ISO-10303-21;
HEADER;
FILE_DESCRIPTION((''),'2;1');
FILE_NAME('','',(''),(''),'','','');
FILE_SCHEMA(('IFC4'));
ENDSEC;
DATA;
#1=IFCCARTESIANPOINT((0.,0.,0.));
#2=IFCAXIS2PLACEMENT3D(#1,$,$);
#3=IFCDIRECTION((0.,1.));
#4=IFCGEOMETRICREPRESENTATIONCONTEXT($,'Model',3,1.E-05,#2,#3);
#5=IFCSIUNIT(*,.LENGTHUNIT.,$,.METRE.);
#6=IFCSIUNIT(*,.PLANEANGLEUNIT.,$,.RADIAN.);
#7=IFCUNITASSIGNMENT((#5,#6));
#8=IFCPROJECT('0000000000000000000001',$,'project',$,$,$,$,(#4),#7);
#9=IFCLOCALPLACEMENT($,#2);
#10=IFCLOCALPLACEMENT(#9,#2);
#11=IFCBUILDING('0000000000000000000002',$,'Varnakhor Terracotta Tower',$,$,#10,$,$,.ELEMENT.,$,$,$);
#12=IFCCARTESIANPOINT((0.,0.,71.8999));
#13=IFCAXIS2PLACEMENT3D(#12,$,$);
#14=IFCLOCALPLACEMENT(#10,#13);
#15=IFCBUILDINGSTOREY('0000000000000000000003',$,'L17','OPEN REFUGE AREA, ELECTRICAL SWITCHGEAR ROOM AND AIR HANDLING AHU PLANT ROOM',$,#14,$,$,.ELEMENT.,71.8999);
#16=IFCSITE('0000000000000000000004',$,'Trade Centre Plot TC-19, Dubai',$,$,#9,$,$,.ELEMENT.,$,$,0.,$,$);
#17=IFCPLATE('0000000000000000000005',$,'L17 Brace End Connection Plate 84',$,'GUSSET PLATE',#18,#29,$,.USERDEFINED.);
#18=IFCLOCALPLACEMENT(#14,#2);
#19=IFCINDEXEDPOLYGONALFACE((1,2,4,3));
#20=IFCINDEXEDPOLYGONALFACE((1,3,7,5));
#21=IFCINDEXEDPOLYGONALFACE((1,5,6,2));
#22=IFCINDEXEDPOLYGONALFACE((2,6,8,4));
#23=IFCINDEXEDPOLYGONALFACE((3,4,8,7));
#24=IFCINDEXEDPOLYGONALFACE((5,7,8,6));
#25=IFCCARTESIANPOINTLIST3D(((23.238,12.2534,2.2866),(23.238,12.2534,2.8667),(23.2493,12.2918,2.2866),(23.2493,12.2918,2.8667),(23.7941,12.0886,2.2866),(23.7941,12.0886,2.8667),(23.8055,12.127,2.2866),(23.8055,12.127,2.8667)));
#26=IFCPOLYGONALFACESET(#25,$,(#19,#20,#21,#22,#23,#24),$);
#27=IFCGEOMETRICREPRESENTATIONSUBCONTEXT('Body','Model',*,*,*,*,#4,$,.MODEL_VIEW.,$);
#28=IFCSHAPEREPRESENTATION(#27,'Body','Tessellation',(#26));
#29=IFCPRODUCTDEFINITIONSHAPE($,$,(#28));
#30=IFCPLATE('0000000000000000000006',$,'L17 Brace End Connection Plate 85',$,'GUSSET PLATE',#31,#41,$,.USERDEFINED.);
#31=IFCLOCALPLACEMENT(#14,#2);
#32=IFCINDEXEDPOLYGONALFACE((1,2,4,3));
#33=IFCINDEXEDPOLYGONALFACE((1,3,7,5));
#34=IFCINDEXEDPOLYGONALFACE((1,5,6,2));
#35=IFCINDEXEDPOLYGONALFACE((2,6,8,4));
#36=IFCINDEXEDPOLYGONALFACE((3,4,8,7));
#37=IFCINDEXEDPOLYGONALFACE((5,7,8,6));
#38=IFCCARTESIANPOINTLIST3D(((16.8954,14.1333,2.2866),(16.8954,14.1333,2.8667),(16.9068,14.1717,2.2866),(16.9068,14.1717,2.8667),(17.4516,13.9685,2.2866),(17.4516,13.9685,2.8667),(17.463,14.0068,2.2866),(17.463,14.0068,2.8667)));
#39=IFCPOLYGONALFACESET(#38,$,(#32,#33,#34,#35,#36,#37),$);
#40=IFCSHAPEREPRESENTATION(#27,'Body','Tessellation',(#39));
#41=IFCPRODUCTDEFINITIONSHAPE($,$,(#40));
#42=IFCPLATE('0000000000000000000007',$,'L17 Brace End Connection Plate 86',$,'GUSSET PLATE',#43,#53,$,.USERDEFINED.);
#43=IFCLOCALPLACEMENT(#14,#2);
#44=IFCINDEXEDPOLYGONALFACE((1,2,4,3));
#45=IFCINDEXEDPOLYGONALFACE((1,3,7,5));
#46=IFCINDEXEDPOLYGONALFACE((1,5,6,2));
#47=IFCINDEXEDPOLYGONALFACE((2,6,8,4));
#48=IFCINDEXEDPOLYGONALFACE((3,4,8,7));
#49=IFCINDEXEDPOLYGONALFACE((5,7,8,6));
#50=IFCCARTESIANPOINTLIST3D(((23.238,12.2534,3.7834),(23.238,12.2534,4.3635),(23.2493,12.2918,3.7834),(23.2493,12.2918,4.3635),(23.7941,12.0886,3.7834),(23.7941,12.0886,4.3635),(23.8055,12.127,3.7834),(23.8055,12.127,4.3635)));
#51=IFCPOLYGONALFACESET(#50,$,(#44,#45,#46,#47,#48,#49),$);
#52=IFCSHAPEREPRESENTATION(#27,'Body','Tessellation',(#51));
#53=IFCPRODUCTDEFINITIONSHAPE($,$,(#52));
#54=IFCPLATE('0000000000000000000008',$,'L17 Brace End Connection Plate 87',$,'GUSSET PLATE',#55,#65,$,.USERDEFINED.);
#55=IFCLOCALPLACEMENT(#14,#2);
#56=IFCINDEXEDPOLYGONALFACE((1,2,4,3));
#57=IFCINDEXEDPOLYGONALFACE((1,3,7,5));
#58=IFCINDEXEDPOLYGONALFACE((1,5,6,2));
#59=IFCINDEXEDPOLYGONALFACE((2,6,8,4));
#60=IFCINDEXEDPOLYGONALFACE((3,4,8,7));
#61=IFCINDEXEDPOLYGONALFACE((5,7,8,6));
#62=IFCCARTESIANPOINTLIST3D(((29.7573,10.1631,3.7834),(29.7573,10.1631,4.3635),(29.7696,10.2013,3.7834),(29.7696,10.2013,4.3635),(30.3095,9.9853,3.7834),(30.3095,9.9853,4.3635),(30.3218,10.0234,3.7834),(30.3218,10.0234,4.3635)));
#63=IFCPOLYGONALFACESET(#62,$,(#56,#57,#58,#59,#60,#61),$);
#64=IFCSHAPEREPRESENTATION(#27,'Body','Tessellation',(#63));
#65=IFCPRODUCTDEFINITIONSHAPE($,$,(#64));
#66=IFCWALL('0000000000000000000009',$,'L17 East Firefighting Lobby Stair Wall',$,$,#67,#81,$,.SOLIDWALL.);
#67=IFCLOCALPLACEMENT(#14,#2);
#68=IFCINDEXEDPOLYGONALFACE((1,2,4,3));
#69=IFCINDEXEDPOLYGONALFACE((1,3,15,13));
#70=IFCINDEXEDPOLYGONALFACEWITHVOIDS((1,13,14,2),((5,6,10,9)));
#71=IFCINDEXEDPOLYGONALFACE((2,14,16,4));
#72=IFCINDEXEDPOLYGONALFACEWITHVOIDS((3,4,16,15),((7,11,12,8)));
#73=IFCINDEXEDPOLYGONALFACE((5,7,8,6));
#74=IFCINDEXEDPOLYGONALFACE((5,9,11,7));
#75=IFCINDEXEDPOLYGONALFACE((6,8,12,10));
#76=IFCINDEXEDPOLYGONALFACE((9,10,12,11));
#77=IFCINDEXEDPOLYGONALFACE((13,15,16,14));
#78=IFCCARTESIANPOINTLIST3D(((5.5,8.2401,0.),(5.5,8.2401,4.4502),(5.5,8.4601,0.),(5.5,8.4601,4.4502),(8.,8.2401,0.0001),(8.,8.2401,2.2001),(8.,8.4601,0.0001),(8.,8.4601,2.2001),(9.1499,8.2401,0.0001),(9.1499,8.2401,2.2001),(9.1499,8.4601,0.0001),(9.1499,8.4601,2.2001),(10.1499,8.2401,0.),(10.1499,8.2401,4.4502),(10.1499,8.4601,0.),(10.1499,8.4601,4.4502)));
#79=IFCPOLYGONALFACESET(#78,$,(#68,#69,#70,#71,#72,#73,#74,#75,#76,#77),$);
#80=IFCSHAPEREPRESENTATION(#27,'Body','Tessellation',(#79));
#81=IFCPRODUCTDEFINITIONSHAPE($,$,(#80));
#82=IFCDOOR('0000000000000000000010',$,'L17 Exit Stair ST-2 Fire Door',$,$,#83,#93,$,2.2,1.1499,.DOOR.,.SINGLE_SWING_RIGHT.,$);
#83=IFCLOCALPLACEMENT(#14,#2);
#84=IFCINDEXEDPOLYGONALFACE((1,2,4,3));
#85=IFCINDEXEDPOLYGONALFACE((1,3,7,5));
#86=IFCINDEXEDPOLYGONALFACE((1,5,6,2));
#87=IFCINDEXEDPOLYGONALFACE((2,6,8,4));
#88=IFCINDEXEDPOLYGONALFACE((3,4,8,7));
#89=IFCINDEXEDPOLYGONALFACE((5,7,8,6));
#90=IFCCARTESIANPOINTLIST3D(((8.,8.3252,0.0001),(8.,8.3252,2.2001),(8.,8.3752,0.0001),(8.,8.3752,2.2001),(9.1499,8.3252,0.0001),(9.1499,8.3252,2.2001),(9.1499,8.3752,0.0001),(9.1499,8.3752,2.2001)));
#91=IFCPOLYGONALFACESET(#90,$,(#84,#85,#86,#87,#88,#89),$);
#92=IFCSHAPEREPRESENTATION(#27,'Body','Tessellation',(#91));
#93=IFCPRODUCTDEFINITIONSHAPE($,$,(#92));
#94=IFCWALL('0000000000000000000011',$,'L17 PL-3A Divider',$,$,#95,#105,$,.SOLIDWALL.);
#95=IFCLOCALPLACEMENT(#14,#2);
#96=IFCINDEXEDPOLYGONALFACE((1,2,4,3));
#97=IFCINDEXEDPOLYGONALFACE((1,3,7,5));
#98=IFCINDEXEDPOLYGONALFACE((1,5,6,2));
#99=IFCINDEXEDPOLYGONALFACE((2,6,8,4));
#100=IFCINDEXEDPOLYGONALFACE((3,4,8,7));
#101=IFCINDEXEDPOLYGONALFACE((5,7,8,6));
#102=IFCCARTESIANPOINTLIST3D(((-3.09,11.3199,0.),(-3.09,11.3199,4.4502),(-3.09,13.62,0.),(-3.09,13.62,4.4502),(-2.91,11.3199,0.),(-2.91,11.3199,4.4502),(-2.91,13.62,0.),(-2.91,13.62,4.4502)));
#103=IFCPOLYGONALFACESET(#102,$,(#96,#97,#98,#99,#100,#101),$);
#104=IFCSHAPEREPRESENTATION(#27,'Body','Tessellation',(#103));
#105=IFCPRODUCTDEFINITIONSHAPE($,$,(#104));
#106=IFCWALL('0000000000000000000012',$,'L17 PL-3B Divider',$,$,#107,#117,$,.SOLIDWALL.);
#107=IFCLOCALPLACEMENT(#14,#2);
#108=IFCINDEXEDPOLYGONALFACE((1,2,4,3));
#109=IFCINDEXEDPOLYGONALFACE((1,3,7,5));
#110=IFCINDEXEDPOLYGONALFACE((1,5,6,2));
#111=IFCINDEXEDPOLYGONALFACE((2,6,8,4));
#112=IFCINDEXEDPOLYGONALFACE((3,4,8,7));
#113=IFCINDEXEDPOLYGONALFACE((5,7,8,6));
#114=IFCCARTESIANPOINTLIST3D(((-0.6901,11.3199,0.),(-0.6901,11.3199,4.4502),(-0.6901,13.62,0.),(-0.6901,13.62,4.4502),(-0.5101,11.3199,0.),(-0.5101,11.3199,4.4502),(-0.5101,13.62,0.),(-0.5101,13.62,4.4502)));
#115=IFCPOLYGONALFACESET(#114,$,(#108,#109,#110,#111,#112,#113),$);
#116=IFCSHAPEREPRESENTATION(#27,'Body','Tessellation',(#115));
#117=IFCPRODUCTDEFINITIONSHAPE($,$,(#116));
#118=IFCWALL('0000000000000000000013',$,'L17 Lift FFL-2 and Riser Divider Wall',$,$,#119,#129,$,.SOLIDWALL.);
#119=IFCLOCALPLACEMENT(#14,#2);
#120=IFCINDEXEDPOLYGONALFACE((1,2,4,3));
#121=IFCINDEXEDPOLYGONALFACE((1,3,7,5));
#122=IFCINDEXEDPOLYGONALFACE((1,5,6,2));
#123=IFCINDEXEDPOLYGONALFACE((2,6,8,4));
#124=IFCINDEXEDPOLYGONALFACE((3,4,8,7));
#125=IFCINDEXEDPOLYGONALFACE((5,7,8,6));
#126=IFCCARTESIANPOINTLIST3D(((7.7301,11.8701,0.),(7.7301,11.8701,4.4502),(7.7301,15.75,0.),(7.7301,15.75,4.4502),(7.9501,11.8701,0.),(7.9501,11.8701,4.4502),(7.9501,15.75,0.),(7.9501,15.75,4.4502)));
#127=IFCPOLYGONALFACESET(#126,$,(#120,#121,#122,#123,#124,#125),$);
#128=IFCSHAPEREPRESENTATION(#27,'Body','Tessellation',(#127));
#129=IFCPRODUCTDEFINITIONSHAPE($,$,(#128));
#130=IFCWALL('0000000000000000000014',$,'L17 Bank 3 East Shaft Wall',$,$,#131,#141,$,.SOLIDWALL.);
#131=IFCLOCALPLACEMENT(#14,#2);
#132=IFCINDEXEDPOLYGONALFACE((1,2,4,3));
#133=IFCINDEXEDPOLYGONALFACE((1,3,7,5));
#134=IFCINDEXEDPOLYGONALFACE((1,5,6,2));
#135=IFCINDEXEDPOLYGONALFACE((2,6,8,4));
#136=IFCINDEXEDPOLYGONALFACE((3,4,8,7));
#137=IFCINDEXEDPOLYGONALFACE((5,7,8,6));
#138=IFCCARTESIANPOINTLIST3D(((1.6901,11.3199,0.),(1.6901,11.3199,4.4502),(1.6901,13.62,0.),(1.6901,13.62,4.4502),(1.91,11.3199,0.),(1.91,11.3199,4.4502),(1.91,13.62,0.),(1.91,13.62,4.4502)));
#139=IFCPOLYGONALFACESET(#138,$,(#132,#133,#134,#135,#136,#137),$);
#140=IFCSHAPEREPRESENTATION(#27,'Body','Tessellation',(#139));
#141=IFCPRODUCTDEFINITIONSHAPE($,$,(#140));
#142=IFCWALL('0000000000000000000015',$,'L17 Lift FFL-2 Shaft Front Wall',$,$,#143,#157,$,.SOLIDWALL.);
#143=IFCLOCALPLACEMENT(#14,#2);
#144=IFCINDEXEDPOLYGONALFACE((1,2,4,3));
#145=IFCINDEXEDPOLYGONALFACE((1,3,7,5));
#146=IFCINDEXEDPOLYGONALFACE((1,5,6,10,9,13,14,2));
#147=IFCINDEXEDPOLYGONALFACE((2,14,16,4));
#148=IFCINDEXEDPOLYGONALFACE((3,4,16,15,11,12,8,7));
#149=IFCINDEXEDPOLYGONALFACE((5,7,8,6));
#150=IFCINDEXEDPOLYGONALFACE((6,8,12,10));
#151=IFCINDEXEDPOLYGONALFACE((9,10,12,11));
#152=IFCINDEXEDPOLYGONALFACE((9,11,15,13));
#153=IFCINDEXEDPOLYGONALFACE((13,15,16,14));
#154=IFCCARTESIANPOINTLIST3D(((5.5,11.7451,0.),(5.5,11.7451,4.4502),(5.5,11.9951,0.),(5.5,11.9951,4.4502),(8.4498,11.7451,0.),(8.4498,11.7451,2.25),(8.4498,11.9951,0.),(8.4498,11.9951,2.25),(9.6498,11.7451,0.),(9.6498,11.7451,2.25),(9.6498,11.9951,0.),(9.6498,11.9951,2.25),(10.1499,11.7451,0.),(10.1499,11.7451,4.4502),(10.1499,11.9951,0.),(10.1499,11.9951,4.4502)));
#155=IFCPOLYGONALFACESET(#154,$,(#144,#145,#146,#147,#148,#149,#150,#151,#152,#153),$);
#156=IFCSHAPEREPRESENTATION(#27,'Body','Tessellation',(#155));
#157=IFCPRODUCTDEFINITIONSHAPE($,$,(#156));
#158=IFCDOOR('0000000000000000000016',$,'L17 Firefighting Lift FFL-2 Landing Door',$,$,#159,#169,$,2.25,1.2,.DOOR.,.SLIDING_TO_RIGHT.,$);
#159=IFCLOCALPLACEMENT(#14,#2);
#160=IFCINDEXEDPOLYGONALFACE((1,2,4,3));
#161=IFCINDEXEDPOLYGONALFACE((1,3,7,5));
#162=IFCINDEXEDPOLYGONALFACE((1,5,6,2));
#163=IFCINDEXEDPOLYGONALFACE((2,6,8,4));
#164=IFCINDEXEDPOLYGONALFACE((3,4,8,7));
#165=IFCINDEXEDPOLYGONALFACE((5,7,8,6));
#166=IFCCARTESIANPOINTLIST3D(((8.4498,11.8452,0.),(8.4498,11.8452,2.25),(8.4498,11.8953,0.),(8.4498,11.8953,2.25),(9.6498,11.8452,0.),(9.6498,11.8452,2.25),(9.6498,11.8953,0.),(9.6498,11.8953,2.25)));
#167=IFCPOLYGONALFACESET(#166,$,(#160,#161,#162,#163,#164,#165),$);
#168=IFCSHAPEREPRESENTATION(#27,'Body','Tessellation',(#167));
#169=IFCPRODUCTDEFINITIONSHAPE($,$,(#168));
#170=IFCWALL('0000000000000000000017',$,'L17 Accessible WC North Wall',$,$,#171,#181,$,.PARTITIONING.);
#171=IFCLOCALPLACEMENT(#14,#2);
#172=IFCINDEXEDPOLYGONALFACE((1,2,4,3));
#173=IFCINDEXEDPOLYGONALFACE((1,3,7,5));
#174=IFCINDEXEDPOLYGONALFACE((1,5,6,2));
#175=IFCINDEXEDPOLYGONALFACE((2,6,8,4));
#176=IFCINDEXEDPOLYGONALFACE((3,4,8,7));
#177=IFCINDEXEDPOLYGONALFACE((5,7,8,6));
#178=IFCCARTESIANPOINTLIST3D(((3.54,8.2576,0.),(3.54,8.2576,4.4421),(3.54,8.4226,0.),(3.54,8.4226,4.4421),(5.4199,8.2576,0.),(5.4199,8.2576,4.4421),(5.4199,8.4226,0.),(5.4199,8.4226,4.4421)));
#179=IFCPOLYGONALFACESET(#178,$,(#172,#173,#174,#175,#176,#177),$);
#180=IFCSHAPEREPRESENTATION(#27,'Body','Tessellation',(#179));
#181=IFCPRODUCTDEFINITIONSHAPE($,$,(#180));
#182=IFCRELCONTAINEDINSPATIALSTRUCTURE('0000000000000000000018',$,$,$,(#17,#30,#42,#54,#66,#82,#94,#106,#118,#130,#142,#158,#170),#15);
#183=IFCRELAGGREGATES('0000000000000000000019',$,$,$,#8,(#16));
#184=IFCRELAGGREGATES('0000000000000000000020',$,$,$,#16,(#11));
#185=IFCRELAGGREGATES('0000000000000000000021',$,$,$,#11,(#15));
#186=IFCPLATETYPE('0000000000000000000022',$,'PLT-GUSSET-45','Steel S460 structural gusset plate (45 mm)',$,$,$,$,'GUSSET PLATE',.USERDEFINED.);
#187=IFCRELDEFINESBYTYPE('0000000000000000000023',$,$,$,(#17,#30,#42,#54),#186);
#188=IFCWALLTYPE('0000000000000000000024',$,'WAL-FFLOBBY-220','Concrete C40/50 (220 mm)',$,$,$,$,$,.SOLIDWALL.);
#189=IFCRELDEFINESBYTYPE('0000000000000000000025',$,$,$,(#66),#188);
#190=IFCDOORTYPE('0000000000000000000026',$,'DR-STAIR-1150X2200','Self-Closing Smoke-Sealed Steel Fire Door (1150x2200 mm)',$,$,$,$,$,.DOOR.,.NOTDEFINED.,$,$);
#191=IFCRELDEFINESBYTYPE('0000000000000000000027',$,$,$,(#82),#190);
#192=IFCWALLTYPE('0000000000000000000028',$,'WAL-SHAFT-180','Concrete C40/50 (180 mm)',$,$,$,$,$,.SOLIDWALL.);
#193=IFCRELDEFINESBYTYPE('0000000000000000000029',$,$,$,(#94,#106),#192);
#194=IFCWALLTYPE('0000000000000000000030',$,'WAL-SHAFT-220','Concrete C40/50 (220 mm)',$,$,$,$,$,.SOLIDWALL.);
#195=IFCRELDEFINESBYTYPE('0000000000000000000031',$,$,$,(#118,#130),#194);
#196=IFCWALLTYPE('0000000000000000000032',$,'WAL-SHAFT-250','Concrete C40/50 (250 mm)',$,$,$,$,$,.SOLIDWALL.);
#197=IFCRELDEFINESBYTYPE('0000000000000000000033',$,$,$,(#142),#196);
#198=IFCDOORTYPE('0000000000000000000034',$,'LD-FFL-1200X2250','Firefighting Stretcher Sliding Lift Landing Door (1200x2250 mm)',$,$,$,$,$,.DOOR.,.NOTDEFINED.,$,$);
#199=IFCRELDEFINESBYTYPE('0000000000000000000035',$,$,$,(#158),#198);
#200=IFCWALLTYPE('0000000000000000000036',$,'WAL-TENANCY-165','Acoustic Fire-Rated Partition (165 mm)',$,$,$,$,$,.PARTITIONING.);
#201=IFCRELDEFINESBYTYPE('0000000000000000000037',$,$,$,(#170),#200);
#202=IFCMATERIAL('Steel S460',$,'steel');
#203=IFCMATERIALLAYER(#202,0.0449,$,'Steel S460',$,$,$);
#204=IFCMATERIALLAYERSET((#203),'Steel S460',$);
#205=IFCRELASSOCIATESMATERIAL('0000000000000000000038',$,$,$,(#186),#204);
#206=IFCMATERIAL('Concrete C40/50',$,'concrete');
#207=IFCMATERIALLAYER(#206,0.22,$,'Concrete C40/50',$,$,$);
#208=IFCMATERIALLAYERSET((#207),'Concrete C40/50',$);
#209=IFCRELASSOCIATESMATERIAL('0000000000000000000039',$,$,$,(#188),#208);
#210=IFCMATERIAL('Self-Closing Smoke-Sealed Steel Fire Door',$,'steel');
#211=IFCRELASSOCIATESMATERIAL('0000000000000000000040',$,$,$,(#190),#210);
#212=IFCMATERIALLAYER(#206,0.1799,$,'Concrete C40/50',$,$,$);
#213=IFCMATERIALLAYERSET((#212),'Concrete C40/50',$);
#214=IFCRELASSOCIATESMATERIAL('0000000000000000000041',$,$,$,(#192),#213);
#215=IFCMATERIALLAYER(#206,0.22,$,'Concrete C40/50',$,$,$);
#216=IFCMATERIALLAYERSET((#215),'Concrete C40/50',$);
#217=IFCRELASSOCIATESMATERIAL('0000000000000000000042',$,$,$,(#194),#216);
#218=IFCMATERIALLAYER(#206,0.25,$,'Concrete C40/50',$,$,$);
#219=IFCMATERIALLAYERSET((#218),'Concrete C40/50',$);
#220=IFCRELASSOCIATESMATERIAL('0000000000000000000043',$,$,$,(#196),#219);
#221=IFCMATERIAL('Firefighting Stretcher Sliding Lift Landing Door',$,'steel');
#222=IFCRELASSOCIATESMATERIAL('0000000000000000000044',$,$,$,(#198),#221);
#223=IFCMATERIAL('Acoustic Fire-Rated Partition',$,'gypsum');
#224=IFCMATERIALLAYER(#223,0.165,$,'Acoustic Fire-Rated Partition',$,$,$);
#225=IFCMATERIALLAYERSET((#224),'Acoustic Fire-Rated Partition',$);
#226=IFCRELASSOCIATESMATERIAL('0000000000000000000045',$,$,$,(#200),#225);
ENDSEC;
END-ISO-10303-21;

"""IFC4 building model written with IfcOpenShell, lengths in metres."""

from ifc_helpers import new_model, si_unit, direction, frame, frame_2d, origin, origin_2d, place, context, subcontext, project, spatial, rectangle, extrude, source, transform, mapped, material, layer, layer_set, type_object, type_shapes, element, fill, save


model = new_model("IFC4")

# Units and contexts
model_context = context("Model", 3, precision=1e-05, world=origin(), true_north=direction((0.0, 1.0)))
body_context = subcontext(model_context, "Body", "Model", "MODEL_VIEW")
ifc_project = project(units=[si_unit("LENGTHUNIT", "METRE"), si_unit("PLANEANGLEUNIT", "RADIAN")], contexts=[model_context])

# Site, building, storey
site_placement = place(None, origin())
site = spatial("IfcSite", under=ifc_project, at=site_placement, Name="Trade Centre Plot TC-19, Dubai", CompositionType="ELEMENT", RefElevation=0.0)
building_placement = place(site_placement, origin())
building = spatial("IfcBuilding", under=site, at=building_placement, Name="Varnakhor Terracotta Tower", CompositionType="ELEMENT")
storey_placement = place(building_placement, frame((0.0, 0.0, 71.8999)))
storey = spatial("IfcBuildingStorey", under=building, at=storey_placement, Name="L17", Description="OPEN REFUGE AREA, ELECTRICAL SWITCHGEAR ROOM AND AIR HANDLING AHU PLANT ROOM", CompositionType="ELEMENT", Elevation=71.8999)

# Shared definitions
ifc_material_1 = material(Name="Steel S460", Category="steel")

# Plates
ifc_layer_1 = layer(ifc_material_1, 0.0449, Name="Steel S460")
ifc_layer_set_1 = layer_set([ifc_layer_1], Name="Steel S460")
plate_type_1 = type_object("IfcPlateType", Name="PLT-GUSSET-45", Description="Steel S460 structural gusset plate (45 mm)", ElementType="GUSSET PLATE", PredefinedType="USERDEFINED", material=ifc_layer_set_1)
shared_shape_1 = source(origin(), body_context, "Body", "SweptSolid", [
    extrude(rectangle(XDim=0.5801, YDim=0.04, at=origin_2d()), origin(), (0.0, 0.0, 1.0), 0.5801),
])
for number, where, z_axis, x_axis, name in (
    (1, (23.5217, 12.1902, 2.2866), (0.0, 0.0, 1.0), (0.95877, -0.284183, 0.0), "L17 Brace End Connection Plate 84"),
    (2, (17.1792, 14.0701, 2.2866), (0.0, 0.0, 1.0), (0.958775, -0.284166, 0.0), "L17 Brace End Connection Plate 85"),
    (3, (23.5217, 12.1902, 3.7834), (0.0, 0.0, 1.0), (0.958765, -0.284199, 0.0), "L17 Brace End Connection Plate 86"),
    (4, (30.0396, 10.0933, 3.7834), (0.0, 0.0, 1.0), (0.95183, -0.306626, 0.0), "L17 Brace End Connection Plate 87"),
):
    element("IfcPlate", number, at=place(storey_placement, frame(where, z_axis=z_axis, x_axis=x_axis)), inside=storey, type_object=plate_type_1, Name=name, ObjectType="GUSSET PLATE", PredefinedType="USERDEFINED", context=body_context, shape_type="MappedRepresentation", body=[
        mapped(shared_shape_1, transform((0.0, 0.0, 0.0), scale=1.0)),
    ])

# Wall, opening, door
ifc_material_2 = material(Name="Concrete C40/50", Category="concrete")
ifc_layer_2 = layer(ifc_material_2, 0.22, Name="Concrete C40/50")
ifc_layer_set_2 = layer_set([ifc_layer_2], Name="Concrete C40/50")
wall_type_1 = type_object("IfcWallType", Name="WAL-FFLOBBY-220", Description="Concrete C40/50 (220 mm)", PredefinedType="SOLIDWALL", material=ifc_layer_set_2)
wall_1_placement = place(storey_placement, frame((10.1499, 8.3501, 0.0), z_axis=(0.0, 0.0, 1.0), x_axis=(-1.0, 0.0, 0.0)))
wall_1 = element("IfcWall", 5, at=wall_1_placement, inside=storey, type_object=wall_type_1, Name="L17 East Firefighting Lobby Stair Wall", PredefinedType="SOLIDWALL", context=body_context, shape_type="SweptSolid", body=[
    extrude(rectangle(XDim=4.6499, YDim=0.22, at=frame_2d((2.325, 0.0))), origin(), (0.0, 0.0, 1.0), 4.4502),
])
opening_1_placement = place(wall_1_placement, frame((1.0, 0.0, 0.0)))
opening_1 = element("IfcOpeningElement", 6, at=opening_1_placement, cuts=wall_1, PredefinedType="OPENING", context=body_context, shape_type="SweptSolid", body=[
    extrude(rectangle(XDim=1.1499, YDim=2.2, at=frame_2d((0.575, 1.1001))), frame((0.0, 0.1201, 0.0), z_axis=(0.0, -1.0, 0.0), x_axis=(1.0, 0.0, 0.0)), (0.0, 0.0, 1.0), 0.24),
])
ifc_material_3 = material(Name="Self-Closing Smoke-Sealed Steel Fire Door", Category="steel")
door_type_1 = type_object("IfcDoorType", Name="DR-STAIR-1150X2200", Description="Self-Closing Smoke-Sealed Steel Fire Door (1150x2200 mm)", OperationType="NOTDEFINED", PredefinedType="DOOR", material=ifc_material_3)
shared_shape_2 = source(origin(), body_context, "Body", "SweptSolid", [
    extrude(rectangle(XDim=1.1499, YDim=2.2, at=frame_2d((0.575, 1.1001))), frame((0.0, 0.0249, 0.0), z_axis=(0.0, -1.0, 0.0), x_axis=(1.0, 0.0, 0.0)), (0.0, 0.0, 1.0), 0.05),
])
type_shapes(door_type_1, [shared_shape_2])
door_1_placement = place(opening_1_placement, origin())
door_1 = element("IfcDoor", 7, at=door_1_placement, inside=storey, type_object=door_type_1, Name="L17 Exit Stair ST-2 Fire Door", OperationType="SINGLE_SWING_RIGHT", OverallHeight=2.2, OverallWidth=1.1499, PredefinedType="DOOR", context=body_context, shape_type="MappedRepresentation", body=[
    mapped(shared_shape_2, transform((0.0, 0.0, 0.0), scale=1.0)),
])
fill(opening_1, door_1)

# Walls
ifc_layer_3 = layer(ifc_material_2, 0.1799, Name="Concrete C40/50")
ifc_layer_set_3 = layer_set([ifc_layer_3], Name="Concrete C40/50")
wall_type_2 = type_object("IfcWallType", Name="WAL-SHAFT-180", Description="Concrete C40/50 (180 mm)", PredefinedType="SOLIDWALL", material=ifc_layer_set_3)
for number, where, z_axis, x_axis, name in (
    (8, (-3.0, 11.3201, 0.0), (0.0, 0.0, 1.0), (0.0, 1.0, 0.0), "L17 PL-3A Divider"),
    (9, (-0.6001, 11.3201, 0.0), (0.0, 0.0, 1.0), (0.0, 1.0, 0.0), "L17 PL-3B Divider"),
):
    element("IfcWall", number, at=place(storey_placement, frame(where, z_axis=z_axis, x_axis=x_axis)), inside=storey, type_object=wall_type_2, Name=name, PredefinedType="SOLIDWALL", context=body_context, shape_type="SweptSolid", body=[
        extrude(rectangle(XDim=2.3, YDim=0.1799, at=frame_2d((1.1499, 0.0))), origin(), (0.0, 0.0, 1.0), 4.4502),
    ])
ifc_layer_4 = layer(ifc_material_2, 0.22, Name="Concrete C40/50")
ifc_layer_set_4 = layer_set([ifc_layer_4], Name="Concrete C40/50")
wall_type_3 = type_object("IfcWallType", Name="WAL-SHAFT-220", Description="Concrete C40/50 (220 mm)", PredefinedType="SOLIDWALL", material=ifc_layer_set_4)
wall_2_placement = place(storey_placement, frame((7.8401, 11.8701, 0.0), z_axis=(0.0, 0.0, 1.0), x_axis=(0.0, 1.0, 0.0)))
element("IfcWall", 10, at=wall_2_placement, inside=storey, type_object=wall_type_3, Name="L17 Lift FFL-2 and Riser Divider Wall", PredefinedType="SOLIDWALL", context=body_context, shape_type="SweptSolid", body=[
    extrude(rectangle(XDim=3.8799, YDim=0.22, at=frame_2d((1.9399, 0.0))), origin(), (0.0, 0.0, 1.0), 4.4502),
])
wall_3_placement = place(storey_placement, frame((1.8, 11.3201, 0.0), z_axis=(0.0, 0.0, 1.0), x_axis=(0.0, 1.0, 0.0)))
element("IfcWall", 11, at=wall_3_placement, inside=storey, type_object=wall_type_3, Name="L17 Bank 3 East Shaft Wall", PredefinedType="SOLIDWALL", context=body_context, shape_type="SweptSolid", body=[
    extrude(rectangle(XDim=2.3, YDim=0.22, at=frame_2d((1.1499, 0.0))), origin(), (0.0, 0.0, 1.0), 4.4502),
])

# Wall, opening, door
ifc_layer_5 = layer(ifc_material_2, 0.25, Name="Concrete C40/50")
ifc_layer_set_5 = layer_set([ifc_layer_5], Name="Concrete C40/50")
wall_type_4 = type_object("IfcWallType", Name="WAL-SHAFT-250", Description="Concrete C40/50 (250 mm)", PredefinedType="SOLIDWALL", material=ifc_layer_set_5)
wall_4_placement = place(storey_placement, frame((10.1499, 11.8701, 0.0), z_axis=(0.0, 0.0, 1.0), x_axis=(-1.0, 0.0, 0.0)))
wall_4 = element("IfcWall", 12, at=wall_4_placement, inside=storey, type_object=wall_type_4, Name="L17 Lift FFL-2 Shaft Front Wall", PredefinedType="SOLIDWALL", context=body_context, shape_type="SweptSolid", body=[
    extrude(rectangle(XDim=4.6499, YDim=0.25, at=frame_2d((2.325, 0.0))), origin(), (0.0, 0.0, 1.0), 4.4502),
])
opening_2_placement = place(wall_4_placement, frame((0.5, 0.0, 0.0)))
opening_2 = element("IfcOpeningElement", 13, at=opening_2_placement, cuts=wall_4, PredefinedType="OPENING", context=body_context, shape_type="SweptSolid", body=[
    extrude(rectangle(XDim=1.2, YDim=2.25, at=frame_2d((0.6001, 1.125))), frame((0.0, 0.135, 0.0), z_axis=(0.0, -1.0, 0.0), x_axis=(1.0, 0.0, 0.0)), (0.0, 0.0, 1.0), 0.27),
])
ifc_material_4 = material(Name="Firefighting Stretcher Sliding Lift Landing Door", Category="steel")
door_type_2 = type_object("IfcDoorType", Name="LD-FFL-1200X2250", Description="Firefighting Stretcher Sliding Lift Landing Door (1200x2250 mm)", OperationType="NOTDEFINED", PredefinedType="DOOR", material=ifc_material_4)
shared_shape_3 = source(origin(), body_context, "Body", "SweptSolid", [
    extrude(rectangle(XDim=1.2, YDim=2.25, at=frame_2d((0.6001, 1.125))), frame((0.0, 0.0249, 0.0), z_axis=(0.0, -1.0, 0.0), x_axis=(1.0, 0.0, 0.0)), (0.0, 0.0, 1.0), 0.05),
])
type_shapes(door_type_2, [shared_shape_3])
door_2_placement = place(opening_2_placement, origin())
door_2 = element("IfcDoor", 14, at=door_2_placement, inside=storey, type_object=door_type_2, Name="L17 Firefighting Lift FFL-2 Landing Door", OperationType="SLIDING_TO_RIGHT", OverallHeight=2.25, OverallWidth=1.2, PredefinedType="DOOR", context=body_context, shape_type="MappedRepresentation", body=[
    mapped(shared_shape_3, transform((0.0, 0.0, 0.0), scale=1.0)),
])
fill(opening_2, door_2)

# Wall
ifc_material_5 = material(Name="Acoustic Fire-Rated Partition", Category="gypsum")
ifc_layer_6 = layer(ifc_material_5, 0.165, Name="Acoustic Fire-Rated Partition")
ifc_layer_set_6 = layer_set([ifc_layer_6], Name="Acoustic Fire-Rated Partition")
wall_type_5 = type_object("IfcWallType", Name="WAL-TENANCY-165", Description="Acoustic Fire-Rated Partition (165 mm)", PredefinedType="PARTITIONING", material=ifc_layer_set_6)
wall_5_placement = place(storey_placement, frame((3.54, 8.3401, 0.0), z_axis=(0.0, 0.0, 1.0), x_axis=(1.0, 0.0, 0.0)))
element("IfcWall", 15, at=wall_5_placement, inside=storey, type_object=wall_type_5, Name="L17 Accessible WC North Wall", PredefinedType="PARTITIONING", context=body_context, shape_type="SweptSolid", body=[
    extrude(rectangle(XDim=1.8799, YDim=0.165, at=frame_2d((0.9399, 0.0))), origin(), (0.0, 0.0, 1.0), 4.4421),
])

save(model, "model.ifc")
